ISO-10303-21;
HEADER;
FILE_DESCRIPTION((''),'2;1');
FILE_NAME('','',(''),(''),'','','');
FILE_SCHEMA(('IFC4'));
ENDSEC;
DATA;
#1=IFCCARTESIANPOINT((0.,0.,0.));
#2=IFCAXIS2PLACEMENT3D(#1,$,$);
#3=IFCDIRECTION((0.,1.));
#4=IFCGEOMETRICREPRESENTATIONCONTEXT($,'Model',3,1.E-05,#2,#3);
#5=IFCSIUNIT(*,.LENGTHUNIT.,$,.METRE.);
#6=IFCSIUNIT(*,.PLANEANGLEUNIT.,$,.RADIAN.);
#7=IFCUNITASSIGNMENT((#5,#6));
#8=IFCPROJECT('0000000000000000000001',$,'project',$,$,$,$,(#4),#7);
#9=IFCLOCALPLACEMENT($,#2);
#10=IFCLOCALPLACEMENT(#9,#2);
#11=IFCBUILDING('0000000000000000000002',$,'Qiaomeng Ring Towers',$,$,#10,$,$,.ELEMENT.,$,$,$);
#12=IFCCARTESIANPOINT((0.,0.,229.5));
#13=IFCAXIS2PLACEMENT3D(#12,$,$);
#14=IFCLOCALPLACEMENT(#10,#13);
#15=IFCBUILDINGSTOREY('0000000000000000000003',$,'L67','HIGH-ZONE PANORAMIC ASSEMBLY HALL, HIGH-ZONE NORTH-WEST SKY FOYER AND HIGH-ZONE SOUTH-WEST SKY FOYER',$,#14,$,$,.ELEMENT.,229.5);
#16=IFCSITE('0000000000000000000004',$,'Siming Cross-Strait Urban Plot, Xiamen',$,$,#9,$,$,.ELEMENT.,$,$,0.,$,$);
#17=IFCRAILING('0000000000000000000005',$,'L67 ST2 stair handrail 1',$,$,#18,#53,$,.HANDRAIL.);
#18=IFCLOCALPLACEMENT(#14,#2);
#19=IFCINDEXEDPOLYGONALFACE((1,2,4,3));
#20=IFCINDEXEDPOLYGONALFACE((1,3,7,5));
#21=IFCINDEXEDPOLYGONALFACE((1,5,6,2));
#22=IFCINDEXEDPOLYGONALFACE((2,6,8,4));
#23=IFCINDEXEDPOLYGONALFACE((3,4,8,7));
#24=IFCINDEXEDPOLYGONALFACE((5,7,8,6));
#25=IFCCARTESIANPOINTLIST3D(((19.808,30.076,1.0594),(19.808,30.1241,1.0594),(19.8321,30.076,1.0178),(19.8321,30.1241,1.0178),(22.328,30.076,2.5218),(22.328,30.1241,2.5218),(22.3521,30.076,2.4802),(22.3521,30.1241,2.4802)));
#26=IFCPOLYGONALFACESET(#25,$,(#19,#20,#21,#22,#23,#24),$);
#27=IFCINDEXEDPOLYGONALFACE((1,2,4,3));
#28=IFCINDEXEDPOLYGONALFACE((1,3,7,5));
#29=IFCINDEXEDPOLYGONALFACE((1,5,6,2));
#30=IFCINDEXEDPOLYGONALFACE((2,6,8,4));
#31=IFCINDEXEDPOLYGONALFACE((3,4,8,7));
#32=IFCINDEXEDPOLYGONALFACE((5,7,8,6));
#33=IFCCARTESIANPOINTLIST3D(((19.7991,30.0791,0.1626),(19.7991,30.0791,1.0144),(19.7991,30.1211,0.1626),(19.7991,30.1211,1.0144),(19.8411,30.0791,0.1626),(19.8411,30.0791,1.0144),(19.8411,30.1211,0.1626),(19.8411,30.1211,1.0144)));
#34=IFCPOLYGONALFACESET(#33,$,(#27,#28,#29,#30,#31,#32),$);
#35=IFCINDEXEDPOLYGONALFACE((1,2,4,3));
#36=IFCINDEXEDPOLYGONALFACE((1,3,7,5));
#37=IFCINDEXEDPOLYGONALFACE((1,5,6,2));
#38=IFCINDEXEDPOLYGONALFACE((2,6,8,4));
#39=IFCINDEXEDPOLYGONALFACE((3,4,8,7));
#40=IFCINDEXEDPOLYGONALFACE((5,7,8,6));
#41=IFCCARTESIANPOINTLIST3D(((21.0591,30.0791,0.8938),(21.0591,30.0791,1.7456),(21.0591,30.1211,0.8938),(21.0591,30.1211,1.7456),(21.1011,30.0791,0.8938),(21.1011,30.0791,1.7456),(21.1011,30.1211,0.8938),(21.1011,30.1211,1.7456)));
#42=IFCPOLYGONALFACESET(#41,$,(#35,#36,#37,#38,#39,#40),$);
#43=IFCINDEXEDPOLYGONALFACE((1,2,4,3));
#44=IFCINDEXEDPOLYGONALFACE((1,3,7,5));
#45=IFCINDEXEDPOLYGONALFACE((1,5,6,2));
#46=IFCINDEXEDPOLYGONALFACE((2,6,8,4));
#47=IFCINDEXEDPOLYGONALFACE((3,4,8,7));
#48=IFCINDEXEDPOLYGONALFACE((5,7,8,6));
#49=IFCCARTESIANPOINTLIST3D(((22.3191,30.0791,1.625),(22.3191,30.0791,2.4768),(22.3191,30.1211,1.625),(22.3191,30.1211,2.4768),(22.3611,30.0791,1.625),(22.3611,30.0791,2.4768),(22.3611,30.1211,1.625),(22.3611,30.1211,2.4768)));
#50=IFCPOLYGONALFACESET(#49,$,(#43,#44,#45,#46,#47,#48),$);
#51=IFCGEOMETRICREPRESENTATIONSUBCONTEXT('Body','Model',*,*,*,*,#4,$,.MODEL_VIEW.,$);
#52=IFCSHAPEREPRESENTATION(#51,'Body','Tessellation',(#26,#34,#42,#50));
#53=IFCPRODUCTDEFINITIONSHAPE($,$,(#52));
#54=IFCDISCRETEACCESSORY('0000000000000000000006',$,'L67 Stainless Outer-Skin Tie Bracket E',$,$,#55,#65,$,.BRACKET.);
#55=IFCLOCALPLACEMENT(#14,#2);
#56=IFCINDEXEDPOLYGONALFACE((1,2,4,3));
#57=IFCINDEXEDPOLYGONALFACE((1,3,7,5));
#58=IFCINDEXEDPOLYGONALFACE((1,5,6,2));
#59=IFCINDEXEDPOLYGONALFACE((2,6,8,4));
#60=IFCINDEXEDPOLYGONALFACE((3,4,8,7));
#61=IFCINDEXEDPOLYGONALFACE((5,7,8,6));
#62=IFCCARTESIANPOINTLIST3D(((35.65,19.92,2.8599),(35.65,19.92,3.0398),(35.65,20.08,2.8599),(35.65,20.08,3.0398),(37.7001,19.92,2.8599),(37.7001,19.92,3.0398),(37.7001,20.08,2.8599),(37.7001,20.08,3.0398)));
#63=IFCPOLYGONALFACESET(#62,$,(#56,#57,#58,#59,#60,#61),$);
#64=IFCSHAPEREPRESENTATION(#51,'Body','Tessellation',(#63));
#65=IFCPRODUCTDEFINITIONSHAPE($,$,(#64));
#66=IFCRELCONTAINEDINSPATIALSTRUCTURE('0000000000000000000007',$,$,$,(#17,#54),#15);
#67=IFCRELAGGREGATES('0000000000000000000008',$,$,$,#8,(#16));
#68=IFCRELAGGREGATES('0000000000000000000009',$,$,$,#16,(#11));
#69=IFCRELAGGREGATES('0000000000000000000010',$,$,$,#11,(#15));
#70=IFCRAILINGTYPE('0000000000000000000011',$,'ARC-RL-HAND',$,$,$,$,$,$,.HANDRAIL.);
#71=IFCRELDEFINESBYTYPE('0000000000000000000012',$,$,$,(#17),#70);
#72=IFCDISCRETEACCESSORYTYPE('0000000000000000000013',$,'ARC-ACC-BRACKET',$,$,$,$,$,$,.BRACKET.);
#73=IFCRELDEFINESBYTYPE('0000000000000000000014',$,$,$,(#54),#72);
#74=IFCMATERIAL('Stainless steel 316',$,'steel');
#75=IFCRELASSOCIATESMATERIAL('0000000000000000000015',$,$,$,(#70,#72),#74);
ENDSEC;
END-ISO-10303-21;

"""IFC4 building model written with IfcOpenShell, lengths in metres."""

from ifc_helpers import new_model, si_unit, direction, frame, origin, origin_2d, place, context, subcontext, project, spatial, rectangle, extrude, source, transform, mapped, material, type_object, element, save


model = new_model("IFC4")

# Units and contexts
model_context = context("Model", 3, precision=1e-05, world=origin(), true_north=direction((0.0, 1.0)))
body_context = subcontext(model_context, "Body", "Model", "MODEL_VIEW")
ifc_project = project(units=[si_unit("LENGTHUNIT", "METRE"), si_unit("PLANEANGLEUNIT", "RADIAN")], contexts=[model_context])

# Site, building, storey
site_placement = place(None, origin())
site = spatial("IfcSite", under=ifc_project, at=site_placement, Name="Siming Cross-Strait Urban Plot, Xiamen", CompositionType="ELEMENT", RefElevation=0.0)
building_placement = place(site_placement, origin())
building = spatial("IfcBuilding", under=site, at=building_placement, Name="Qiaomeng Ring Towers", CompositionType="ELEMENT")
storey_placement = place(building_placement, frame((0.0, 0.0, 229.5)))
storey = spatial("IfcBuildingStorey", under=building, at=storey_placement, Name="L67", Description="HIGH-ZONE PANORAMIC ASSEMBLY HALL, HIGH-ZONE NORTH-WEST SKY FOYER AND HIGH-ZONE SOUTH-WEST SKY FOYER", CompositionType="ELEMENT", Elevation=229.5)

# Shared definitions
ifc_material_1 = material(Name="Stainless steel 316", Category="steel")

# Railing
railing_type_1 = type_object("IfcRailingType", Name="ARC-RL-HAND", PredefinedType="HANDRAIL", material=ifc_material_1)
railing_1_placement = place(storey_placement, frame((19.8201, 30.1001, 0.1626)))
element("IfcRailing", 1, at=railing_1_placement, inside=storey, type_object=railing_type_1, Name="L67 ST2 stair handrail 1", PredefinedType="HANDRAIL", context=body_context, shape_type="SweptSolid", body=[
    extrude(rectangle(XDim=0.0481, YDim=0.0481, at=origin_2d()), frame((0.0, 0.0, 0.876), z_axis=(0.864913, 0.0, 0.501921), x_axis=(0.0, 1.0, 0.0)), (0.0, 0.0, 1.0), 2.9136),
    extrude(rectangle(XDim=0.042, YDim=0.042, at=origin_2d()), origin(), (0.0, 0.0, 1.0), 0.8518),
    extrude(rectangle(XDim=0.042, YDim=0.042, at=origin_2d()), frame((1.26, 0.0, 0.7312)), (0.0, 0.0, 1.0), 0.8518),
    extrude(rectangle(XDim=0.042, YDim=0.042, at=origin_2d()), frame((2.52, 0.0, 1.4624)), (0.0, 0.0, 1.0), 0.8518),
])

# Discrete accessory
discrete_accessory_type = type_object("IfcDiscreteAccessoryType", Name="ARC-ACC-BRACKET", PredefinedType="BRACKET", material=ifc_material_1)
shared_shape_1 = source(origin(), body_context, "Body", "SweptSolid", [
    extrude(rectangle(XDim=2.05, YDim=0.1599, at=origin_2d()), origin(), (0.0, 0.0, 1.0), 0.1799),
])
discrete_accessory_placement = place(storey_placement, frame((36.675, 20.0, 2.8599), z_axis=(0.0, 0.0, 1.0), x_axis=(1.0, 0.0, 0.0)))
element("IfcDiscreteAccessory", 2, at=discrete_accessory_placement, inside=storey, type_object=discrete_accessory_type, Name="L67 Stainless Outer-Skin Tie Bracket E", PredefinedType="BRACKET", context=body_context, shape_type="MappedRepresentation", body=[
    mapped(shared_shape_1, transform((0.0, 0.0, 0.0), x_axis=(1.0, 0.0, 0.0), y_axis=(0.0, 1.0, 0.0), z_axis=(0.0, 0.0, 1.0), scale=1.0)),
])

save(model, "model.ifc")
